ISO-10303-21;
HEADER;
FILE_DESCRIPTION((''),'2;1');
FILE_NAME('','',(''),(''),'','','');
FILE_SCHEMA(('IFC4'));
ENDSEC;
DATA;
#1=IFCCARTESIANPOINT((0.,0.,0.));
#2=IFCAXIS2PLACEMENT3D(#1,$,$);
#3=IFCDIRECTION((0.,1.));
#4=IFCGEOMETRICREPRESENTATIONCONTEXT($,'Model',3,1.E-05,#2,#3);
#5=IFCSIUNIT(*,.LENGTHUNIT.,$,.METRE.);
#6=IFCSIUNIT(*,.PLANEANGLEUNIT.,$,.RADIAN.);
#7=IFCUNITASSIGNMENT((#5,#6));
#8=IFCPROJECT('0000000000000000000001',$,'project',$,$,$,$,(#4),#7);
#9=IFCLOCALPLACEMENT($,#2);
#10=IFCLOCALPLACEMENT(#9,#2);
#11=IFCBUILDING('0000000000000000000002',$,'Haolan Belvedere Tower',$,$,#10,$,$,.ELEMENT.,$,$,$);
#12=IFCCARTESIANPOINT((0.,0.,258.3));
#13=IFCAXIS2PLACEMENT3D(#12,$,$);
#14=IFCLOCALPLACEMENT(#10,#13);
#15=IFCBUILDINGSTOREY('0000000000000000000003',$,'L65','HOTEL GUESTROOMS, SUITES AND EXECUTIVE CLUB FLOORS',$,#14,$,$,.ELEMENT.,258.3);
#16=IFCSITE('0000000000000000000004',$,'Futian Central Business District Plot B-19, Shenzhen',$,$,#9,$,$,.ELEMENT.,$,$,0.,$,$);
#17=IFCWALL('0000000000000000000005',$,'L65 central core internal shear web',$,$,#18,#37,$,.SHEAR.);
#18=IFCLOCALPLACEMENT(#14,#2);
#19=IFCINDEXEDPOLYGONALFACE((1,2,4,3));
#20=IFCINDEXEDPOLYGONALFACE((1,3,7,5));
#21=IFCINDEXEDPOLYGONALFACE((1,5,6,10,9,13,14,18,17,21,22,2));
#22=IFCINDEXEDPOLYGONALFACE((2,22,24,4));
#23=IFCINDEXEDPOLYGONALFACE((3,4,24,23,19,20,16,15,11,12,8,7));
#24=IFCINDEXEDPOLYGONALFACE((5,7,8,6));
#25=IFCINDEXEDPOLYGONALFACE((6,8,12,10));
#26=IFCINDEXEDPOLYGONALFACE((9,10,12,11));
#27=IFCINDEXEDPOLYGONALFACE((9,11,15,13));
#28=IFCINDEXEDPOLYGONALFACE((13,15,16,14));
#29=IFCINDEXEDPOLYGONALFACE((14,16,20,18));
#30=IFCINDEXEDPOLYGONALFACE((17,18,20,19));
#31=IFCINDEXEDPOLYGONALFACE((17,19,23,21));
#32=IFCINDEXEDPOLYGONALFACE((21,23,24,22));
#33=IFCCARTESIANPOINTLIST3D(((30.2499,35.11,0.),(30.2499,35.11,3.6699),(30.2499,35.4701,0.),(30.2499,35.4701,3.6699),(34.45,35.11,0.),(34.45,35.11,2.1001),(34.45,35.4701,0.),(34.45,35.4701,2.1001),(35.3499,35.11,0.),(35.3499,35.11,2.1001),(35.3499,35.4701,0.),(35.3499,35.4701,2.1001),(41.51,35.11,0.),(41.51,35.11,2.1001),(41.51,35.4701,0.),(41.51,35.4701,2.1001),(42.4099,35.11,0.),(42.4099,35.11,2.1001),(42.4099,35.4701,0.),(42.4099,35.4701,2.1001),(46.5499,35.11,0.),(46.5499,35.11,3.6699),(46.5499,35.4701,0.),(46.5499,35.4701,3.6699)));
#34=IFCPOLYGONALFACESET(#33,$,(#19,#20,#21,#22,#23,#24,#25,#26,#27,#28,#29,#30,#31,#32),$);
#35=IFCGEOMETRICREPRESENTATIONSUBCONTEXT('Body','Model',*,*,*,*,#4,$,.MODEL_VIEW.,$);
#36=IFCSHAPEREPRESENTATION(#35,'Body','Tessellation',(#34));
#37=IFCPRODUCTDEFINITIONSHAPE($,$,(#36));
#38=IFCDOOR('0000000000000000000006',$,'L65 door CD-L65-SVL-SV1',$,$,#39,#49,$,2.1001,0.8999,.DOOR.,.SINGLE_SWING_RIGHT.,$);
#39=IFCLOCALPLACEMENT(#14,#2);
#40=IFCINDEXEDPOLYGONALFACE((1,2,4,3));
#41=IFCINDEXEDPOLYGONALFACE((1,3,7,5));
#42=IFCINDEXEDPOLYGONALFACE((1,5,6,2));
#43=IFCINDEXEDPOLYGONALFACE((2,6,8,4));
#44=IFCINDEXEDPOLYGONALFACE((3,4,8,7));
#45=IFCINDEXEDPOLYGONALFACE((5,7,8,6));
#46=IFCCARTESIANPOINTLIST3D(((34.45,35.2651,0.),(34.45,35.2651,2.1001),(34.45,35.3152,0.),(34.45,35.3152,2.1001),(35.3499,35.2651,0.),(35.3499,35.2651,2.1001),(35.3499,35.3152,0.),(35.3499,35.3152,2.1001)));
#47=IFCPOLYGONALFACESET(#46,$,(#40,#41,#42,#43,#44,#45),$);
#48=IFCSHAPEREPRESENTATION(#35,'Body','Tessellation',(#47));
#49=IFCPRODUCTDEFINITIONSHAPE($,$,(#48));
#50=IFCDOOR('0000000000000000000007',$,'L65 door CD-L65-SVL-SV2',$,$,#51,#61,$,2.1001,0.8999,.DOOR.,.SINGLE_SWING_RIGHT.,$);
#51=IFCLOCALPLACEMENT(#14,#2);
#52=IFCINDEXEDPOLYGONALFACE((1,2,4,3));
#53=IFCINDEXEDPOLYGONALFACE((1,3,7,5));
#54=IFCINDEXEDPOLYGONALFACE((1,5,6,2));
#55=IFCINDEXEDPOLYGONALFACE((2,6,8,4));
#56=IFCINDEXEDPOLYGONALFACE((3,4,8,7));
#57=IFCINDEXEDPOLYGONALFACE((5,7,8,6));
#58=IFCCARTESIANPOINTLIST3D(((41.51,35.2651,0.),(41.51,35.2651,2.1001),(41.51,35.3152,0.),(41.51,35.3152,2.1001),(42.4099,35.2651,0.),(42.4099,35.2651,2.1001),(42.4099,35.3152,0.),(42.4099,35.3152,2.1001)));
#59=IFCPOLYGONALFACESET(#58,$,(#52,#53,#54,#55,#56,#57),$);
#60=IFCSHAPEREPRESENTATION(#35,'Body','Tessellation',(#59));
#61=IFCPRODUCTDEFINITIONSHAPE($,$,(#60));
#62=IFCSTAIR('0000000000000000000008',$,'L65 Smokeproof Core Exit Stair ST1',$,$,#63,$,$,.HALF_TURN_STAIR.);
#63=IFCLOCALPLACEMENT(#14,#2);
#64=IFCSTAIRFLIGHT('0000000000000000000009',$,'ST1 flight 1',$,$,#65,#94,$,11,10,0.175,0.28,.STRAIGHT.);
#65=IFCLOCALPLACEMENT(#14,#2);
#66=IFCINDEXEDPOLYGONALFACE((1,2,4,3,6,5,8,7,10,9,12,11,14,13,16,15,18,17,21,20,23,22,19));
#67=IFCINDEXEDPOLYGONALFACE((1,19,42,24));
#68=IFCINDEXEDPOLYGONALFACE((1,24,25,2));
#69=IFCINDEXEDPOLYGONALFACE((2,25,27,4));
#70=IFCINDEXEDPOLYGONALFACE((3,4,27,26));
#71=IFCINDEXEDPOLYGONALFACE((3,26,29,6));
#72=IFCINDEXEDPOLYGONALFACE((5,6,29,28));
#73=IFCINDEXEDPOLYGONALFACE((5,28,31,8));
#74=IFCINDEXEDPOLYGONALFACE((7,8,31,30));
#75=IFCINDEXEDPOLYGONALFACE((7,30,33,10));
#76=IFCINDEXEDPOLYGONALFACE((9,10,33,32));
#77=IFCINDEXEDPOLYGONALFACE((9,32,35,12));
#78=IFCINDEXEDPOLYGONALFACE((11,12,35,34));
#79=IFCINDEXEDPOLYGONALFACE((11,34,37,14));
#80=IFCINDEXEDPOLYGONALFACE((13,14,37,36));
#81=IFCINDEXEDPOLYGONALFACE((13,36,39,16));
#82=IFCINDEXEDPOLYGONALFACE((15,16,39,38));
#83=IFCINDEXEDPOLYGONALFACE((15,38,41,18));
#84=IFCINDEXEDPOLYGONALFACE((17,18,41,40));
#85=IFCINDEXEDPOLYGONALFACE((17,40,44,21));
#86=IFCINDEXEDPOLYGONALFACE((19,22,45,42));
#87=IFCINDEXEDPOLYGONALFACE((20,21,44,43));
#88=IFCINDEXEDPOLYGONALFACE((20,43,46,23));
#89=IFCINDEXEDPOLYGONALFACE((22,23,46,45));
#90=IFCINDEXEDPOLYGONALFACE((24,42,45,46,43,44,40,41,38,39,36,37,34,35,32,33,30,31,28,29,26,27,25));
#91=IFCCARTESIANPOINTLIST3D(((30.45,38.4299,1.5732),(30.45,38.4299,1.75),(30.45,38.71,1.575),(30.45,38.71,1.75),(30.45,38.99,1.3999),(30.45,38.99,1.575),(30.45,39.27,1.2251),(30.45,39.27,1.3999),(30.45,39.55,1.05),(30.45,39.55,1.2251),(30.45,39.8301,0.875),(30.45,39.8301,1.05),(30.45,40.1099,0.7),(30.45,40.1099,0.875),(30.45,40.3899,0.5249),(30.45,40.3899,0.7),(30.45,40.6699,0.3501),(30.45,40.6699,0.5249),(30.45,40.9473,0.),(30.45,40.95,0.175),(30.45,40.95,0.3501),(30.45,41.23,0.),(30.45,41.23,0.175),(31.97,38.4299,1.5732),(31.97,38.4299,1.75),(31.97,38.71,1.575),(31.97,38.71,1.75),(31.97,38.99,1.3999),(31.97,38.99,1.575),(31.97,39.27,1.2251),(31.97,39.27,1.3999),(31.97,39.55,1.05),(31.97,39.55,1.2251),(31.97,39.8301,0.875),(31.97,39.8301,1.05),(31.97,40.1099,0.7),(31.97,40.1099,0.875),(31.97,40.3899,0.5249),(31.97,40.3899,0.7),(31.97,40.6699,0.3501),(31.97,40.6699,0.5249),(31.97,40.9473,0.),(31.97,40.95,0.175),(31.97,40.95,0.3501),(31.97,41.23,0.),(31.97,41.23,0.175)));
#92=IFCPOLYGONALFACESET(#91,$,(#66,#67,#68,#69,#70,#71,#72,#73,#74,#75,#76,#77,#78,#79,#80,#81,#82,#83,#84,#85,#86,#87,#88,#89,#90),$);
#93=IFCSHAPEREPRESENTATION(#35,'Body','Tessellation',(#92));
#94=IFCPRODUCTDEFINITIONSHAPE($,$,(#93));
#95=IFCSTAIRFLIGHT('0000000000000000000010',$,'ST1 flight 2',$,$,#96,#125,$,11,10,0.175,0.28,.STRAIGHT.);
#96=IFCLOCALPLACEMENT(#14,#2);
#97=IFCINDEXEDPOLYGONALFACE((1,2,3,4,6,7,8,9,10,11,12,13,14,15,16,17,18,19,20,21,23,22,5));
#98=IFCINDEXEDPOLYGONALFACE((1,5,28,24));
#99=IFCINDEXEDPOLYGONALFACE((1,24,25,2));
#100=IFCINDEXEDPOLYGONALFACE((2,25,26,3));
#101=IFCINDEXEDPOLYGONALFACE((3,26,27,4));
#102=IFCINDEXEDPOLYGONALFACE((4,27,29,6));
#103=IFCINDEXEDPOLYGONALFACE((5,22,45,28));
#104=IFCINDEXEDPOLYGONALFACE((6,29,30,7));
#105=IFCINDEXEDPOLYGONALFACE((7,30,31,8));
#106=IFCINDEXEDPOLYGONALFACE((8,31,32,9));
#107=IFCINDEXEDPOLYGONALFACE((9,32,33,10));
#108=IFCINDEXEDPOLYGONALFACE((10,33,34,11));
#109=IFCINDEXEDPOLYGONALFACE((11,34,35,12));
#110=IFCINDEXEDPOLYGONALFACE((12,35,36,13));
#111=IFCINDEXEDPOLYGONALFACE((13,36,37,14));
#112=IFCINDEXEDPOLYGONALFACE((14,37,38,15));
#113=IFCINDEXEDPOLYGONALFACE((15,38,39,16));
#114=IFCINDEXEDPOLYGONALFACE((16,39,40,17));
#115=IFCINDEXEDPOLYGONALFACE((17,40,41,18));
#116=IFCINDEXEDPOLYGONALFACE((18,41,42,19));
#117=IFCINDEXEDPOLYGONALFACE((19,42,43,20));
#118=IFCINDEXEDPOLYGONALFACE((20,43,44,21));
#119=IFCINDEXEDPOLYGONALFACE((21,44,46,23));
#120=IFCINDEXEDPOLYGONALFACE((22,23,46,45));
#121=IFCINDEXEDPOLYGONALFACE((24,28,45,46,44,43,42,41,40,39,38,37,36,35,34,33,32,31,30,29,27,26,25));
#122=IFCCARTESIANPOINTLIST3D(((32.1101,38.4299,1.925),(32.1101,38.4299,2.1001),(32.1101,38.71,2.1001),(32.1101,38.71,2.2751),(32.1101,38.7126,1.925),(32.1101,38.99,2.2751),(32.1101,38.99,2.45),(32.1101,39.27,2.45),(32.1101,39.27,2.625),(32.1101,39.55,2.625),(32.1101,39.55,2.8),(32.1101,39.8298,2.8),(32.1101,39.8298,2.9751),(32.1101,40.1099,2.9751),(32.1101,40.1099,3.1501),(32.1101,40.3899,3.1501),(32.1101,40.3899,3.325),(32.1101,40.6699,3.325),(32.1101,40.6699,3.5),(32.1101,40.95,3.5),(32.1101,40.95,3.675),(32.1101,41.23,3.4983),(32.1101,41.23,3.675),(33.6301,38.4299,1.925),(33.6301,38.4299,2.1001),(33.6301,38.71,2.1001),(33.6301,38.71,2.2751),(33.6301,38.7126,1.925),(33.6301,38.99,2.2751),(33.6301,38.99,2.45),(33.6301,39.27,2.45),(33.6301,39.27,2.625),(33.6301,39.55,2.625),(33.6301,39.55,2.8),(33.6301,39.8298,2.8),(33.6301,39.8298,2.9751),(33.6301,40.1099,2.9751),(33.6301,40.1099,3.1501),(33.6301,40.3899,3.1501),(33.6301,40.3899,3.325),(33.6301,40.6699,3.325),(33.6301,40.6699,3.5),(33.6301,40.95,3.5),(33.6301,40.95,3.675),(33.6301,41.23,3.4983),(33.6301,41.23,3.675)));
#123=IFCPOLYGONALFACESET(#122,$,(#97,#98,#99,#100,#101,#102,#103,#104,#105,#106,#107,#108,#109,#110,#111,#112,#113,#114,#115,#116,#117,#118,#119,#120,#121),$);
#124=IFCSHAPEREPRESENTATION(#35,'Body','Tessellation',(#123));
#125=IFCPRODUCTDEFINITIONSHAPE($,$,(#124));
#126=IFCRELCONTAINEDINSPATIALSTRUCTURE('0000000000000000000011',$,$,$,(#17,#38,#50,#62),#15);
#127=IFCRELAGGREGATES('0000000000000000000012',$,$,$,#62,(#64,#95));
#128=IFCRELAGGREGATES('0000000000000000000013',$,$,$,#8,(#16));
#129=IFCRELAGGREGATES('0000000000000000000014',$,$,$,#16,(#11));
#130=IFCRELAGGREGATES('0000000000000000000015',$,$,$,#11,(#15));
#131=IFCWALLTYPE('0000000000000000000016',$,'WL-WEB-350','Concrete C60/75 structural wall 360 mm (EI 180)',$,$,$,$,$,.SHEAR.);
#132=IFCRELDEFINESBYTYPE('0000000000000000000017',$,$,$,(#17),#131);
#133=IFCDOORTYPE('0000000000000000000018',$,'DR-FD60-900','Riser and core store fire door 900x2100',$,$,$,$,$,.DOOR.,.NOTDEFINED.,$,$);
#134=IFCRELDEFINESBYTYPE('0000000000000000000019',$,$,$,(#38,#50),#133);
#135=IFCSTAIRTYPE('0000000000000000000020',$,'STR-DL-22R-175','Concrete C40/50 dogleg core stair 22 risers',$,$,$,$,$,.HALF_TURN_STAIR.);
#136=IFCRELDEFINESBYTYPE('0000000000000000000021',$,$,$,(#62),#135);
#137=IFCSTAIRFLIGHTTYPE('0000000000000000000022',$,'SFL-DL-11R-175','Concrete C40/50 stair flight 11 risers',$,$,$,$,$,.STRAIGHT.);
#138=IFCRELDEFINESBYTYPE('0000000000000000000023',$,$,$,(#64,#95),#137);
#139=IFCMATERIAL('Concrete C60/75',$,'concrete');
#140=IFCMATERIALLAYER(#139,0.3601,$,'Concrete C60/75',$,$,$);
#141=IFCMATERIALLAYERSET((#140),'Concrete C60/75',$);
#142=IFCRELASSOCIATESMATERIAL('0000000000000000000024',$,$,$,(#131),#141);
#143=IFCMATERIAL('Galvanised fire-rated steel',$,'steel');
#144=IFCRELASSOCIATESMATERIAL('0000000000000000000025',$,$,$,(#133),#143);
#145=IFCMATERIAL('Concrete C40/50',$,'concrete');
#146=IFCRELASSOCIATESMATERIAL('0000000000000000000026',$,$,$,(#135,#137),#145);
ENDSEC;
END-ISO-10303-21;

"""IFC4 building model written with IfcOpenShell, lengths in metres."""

from ifc_helpers import new_model, si_unit, direction, frame, frame_2d, origin, place, context, subcontext, project, spatial, polyline, rectangle, outline, extrude, material, layer, layer_set, type_object, element, fill, aggregate, save


model = new_model("IFC4")

# Units and contexts
model_context = context("Model", 3, precision=1e-05, world=origin(), true_north=direction((0.0, 1.0)))
body_context = subcontext(model_context, "Body", "Model", "MODEL_VIEW")
ifc_project = project(units=[si_unit("LENGTHUNIT", "METRE"), si_unit("PLANEANGLEUNIT", "RADIAN")], contexts=[model_context])

# Site, building, storey
site_placement = place(None, origin())
site = spatial("IfcSite", under=ifc_project, at=site_placement, Name="Futian Central Business District Plot B-19, Shenzhen", CompositionType="ELEMENT", RefElevation=0.0)
building_placement = place(site_placement, origin())
building = spatial("IfcBuilding", under=site, at=building_placement, Name="Haolan Belvedere Tower", CompositionType="ELEMENT")
storey_placement = place(building_placement, frame((0.0, 0.0, 258.3)))
storey = spatial("IfcBuildingStorey", under=building, at=storey_placement, Name="L65", Description="HOTEL GUESTROOMS, SUITES AND EXECUTIVE CLUB FLOORS", CompositionType="ELEMENT", Elevation=258.3)

# Wall, openings, doors
ifc_material_1 = material(Name="Concrete C60/75", Category="concrete")
ifc_layer_1 = layer(ifc_material_1, 0.3601, Name="Concrete C60/75")
ifc_layer_set_1 = layer_set([ifc_layer_1], Name="Concrete C60/75")
wall_type_1 = type_object("IfcWallType", Name="WL-WEB-350", Description="Concrete C60/75 structural wall 360 mm (EI 180)", PredefinedType="SHEAR", material=ifc_layer_set_1)
wall_1_placement = place(storey_placement, frame((30.25, 35.29, 0.0), z_axis=(0.0, 0.0, 1.0), x_axis=(1.0, 0.0, 0.0)))
wall_1 = element("IfcWall", 1, at=wall_1_placement, inside=storey, type_object=wall_type_1, Name="L65 central core internal shear web", PredefinedType="SHEAR", context=body_context, shape_type="SweptSolid", body=[
    extrude(rectangle(XDim=16.3, YDim=0.3601, at=frame_2d((8.1499, 0.0))), origin(), (0.0, 0.0, 1.0), 3.6699),
])
opening_1_placement = place(wall_1_placement, frame((5.0999, 0.0, 0.0), z_axis=(0.0, 0.0, 1.0), x_axis=(-1.0, 0.0, 0.0)))
opening_1 = element("IfcOpeningElement", 2, at=opening_1_placement, cuts=wall_1, PredefinedType="OPENING", context=body_context, shape_type="SweptSolid", body=[
    extrude(rectangle(XDim=0.8999, YDim=2.1001, at=frame_2d((0.45, 1.05))), frame((0.0, 0.1899, 0.0), z_axis=(0.0, -1.0, 0.0), x_axis=(1.0, 0.0, 0.0)), (0.0, 0.0, 1.0), 0.3801),
])
opening_2_placement = place(wall_1_placement, frame((12.1599, 0.0, 0.0), z_axis=(0.0, 0.0, 1.0), x_axis=(-1.0, 0.0, 0.0)))
opening_2 = element("IfcOpeningElement", 3, at=opening_2_placement, cuts=wall_1, PredefinedType="OPENING", context=body_context, shape_type="SweptSolid", body=[
    extrude(rectangle(XDim=0.8999, YDim=2.1001, at=frame_2d((0.45, 1.05))), frame((0.0, 0.1899, 0.0), z_axis=(0.0, -1.0, 0.0), x_axis=(1.0, 0.0, 0.0)), (0.0, 0.0, 1.0), 0.3801),
])
ifc_material_2 = material(Name="Galvanised fire-rated steel", Category="steel")
door_type_1 = type_object("IfcDoorType", Name="DR-FD60-900", Description="Riser and core store fire door 900x2100", OperationType="NOTDEFINED", PredefinedType="DOOR", material=ifc_material_2)
door_1_placement = place(opening_1_placement, origin())
door_1 = element("IfcDoor", 4, at=door_1_placement, inside=storey, type_object=door_type_1, Name="L65 door CD-L65-SVL-SV1", OperationType="SINGLE_SWING_RIGHT", OverallHeight=2.1001, OverallWidth=0.8999, PredefinedType="DOOR", context=body_context, shape_type="SweptSolid", body=[
    extrude(rectangle(XDim=0.8999, YDim=2.1001, at=frame_2d((0.45, 1.05))), frame((0.0, 0.0249, 0.0), z_axis=(0.0, -1.0, 0.0), x_axis=(1.0, 0.0, 0.0)), (0.0, 0.0, 1.0), 0.05),
])
fill(opening_1, door_1)
door_2_placement = place(opening_2_placement, origin())
door_2 = element("IfcDoor", 5, at=door_2_placement, inside=storey, type_object=door_type_1, Name="L65 door CD-L65-SVL-SV2", OperationType="SINGLE_SWING_RIGHT", OverallHeight=2.1001, OverallWidth=0.8999, PredefinedType="DOOR", context=body_context, shape_type="SweptSolid", body=[
    extrude(rectangle(XDim=0.8999, YDim=2.1001, at=frame_2d((0.45, 1.05))), frame((0.0, 0.0249, 0.0), z_axis=(0.0, -1.0, 0.0), x_axis=(1.0, 0.0, 0.0)), (0.0, 0.0, 1.0), 0.05),
])
fill(opening_2, door_2)

# Stair, stair flights
ifc_material_3 = material(Name="Concrete C40/50", Category="concrete")
stair_type = type_object("IfcStairType", Name="STR-DL-22R-175", Description="Concrete C40/50 dogleg core stair 22 risers", PredefinedType="HALF_TURN_STAIR", material=ifc_material_3)
stair_placement = place(storey_placement, origin())
stair = element("IfcStair", 6, at=stair_placement, inside=storey, type_object=stair_type, Name="L65 Smokeproof Core Exit Stair ST1", PredefinedType="HALF_TURN_STAIR")
stair_flight_type = type_object("IfcStairFlightType", Name="SFL-DL-11R-175", Description="Concrete C40/50 stair flight 11 risers", PredefinedType="STRAIGHT", material=ifc_material_3)
stair_flight_1_placement = place(storey_placement, frame((31.21, 41.23, 0.0), z_axis=(0.0, 0.0, 1.0), x_axis=(0.0, -1.0, 0.0)))
stair_flight_1 = element("IfcStairFlight", 7, at=stair_flight_1_placement, type_object=stair_flight_type, Name="ST1 flight 1", NumberOfRisers=11, NumberOfTreads=10, PredefinedType="STRAIGHT", RiserHeight=0.175, TreadLength=0.28, context=body_context, shape_type="SweptSolid", body=[
    extrude(outline(polyline([(0.0, 0.0), (0.0, 0.175), (0.28, 0.175), (0.28, 0.3501), (0.5601, 0.3501), (0.5601, 0.5249), (0.8401, 0.5249), (0.8401, 0.7), (1.1201, 0.7), (1.1201, 0.875), (1.3999, 0.875), (1.3999, 1.05), (1.6799, 1.05), (1.6799, 1.2251), (1.96, 1.2251), (1.96, 1.3999), (2.24, 1.3999), (2.24, 1.575), (2.52, 1.575), (2.52, 1.75), (2.8, 1.75), (2.8, 1.925), (2.8, 1.5732), (0.2827, 0.0), (0.0, 0.0)])), frame((0.0, 0.76, 0.0), z_axis=(0.0, -1.0, 0.0), x_axis=(1.0, 0.0, 0.0)), (0.0, 0.0, 1.0), 1.52),
])
stair_flight_2_placement = place(storey_placement, frame((32.8701, 38.4299, 1.925), z_axis=(0.0, 0.0, 1.0), x_axis=(0.0, 1.0, 0.0)))
stair_flight_2 = element("IfcStairFlight", 8, at=stair_flight_2_placement, type_object=stair_flight_type, Name="ST1 flight 2", NumberOfRisers=11, NumberOfTreads=10, PredefinedType="STRAIGHT", RiserHeight=0.175, TreadLength=0.28, context=body_context, shape_type="SweptSolid", body=[
    extrude(outline(polyline([(0.0, 0.0), (0.0, 0.175), (0.28, 0.175), (0.28, 0.3501), (0.5601, 0.3501), (0.5601, 0.5249), (0.8401, 0.5249), (0.8401, 0.7), (1.1201, 0.7), (1.1201, 0.875), (1.3999, 0.875), (1.3999, 1.05), (1.6799, 1.05), (1.6799, 1.2251), (1.96, 1.2251), (1.96, 1.3999), (2.24, 1.3999), (2.24, 1.575), (2.52, 1.575), (2.52, 1.75), (2.8, 1.75), (2.8, 1.925), (2.8, 1.5732), (0.2827, 0.0), (0.0, 0.0)])), frame((0.0, 0.76, 0.0), z_axis=(0.0, -1.0, 0.0), x_axis=(1.0, 0.0, 0.0)), (0.0, 0.0, 1.0), 1.52),
])
aggregate(stair, [stair_flight_1, stair_flight_2])

save(model, "model.ifc")
